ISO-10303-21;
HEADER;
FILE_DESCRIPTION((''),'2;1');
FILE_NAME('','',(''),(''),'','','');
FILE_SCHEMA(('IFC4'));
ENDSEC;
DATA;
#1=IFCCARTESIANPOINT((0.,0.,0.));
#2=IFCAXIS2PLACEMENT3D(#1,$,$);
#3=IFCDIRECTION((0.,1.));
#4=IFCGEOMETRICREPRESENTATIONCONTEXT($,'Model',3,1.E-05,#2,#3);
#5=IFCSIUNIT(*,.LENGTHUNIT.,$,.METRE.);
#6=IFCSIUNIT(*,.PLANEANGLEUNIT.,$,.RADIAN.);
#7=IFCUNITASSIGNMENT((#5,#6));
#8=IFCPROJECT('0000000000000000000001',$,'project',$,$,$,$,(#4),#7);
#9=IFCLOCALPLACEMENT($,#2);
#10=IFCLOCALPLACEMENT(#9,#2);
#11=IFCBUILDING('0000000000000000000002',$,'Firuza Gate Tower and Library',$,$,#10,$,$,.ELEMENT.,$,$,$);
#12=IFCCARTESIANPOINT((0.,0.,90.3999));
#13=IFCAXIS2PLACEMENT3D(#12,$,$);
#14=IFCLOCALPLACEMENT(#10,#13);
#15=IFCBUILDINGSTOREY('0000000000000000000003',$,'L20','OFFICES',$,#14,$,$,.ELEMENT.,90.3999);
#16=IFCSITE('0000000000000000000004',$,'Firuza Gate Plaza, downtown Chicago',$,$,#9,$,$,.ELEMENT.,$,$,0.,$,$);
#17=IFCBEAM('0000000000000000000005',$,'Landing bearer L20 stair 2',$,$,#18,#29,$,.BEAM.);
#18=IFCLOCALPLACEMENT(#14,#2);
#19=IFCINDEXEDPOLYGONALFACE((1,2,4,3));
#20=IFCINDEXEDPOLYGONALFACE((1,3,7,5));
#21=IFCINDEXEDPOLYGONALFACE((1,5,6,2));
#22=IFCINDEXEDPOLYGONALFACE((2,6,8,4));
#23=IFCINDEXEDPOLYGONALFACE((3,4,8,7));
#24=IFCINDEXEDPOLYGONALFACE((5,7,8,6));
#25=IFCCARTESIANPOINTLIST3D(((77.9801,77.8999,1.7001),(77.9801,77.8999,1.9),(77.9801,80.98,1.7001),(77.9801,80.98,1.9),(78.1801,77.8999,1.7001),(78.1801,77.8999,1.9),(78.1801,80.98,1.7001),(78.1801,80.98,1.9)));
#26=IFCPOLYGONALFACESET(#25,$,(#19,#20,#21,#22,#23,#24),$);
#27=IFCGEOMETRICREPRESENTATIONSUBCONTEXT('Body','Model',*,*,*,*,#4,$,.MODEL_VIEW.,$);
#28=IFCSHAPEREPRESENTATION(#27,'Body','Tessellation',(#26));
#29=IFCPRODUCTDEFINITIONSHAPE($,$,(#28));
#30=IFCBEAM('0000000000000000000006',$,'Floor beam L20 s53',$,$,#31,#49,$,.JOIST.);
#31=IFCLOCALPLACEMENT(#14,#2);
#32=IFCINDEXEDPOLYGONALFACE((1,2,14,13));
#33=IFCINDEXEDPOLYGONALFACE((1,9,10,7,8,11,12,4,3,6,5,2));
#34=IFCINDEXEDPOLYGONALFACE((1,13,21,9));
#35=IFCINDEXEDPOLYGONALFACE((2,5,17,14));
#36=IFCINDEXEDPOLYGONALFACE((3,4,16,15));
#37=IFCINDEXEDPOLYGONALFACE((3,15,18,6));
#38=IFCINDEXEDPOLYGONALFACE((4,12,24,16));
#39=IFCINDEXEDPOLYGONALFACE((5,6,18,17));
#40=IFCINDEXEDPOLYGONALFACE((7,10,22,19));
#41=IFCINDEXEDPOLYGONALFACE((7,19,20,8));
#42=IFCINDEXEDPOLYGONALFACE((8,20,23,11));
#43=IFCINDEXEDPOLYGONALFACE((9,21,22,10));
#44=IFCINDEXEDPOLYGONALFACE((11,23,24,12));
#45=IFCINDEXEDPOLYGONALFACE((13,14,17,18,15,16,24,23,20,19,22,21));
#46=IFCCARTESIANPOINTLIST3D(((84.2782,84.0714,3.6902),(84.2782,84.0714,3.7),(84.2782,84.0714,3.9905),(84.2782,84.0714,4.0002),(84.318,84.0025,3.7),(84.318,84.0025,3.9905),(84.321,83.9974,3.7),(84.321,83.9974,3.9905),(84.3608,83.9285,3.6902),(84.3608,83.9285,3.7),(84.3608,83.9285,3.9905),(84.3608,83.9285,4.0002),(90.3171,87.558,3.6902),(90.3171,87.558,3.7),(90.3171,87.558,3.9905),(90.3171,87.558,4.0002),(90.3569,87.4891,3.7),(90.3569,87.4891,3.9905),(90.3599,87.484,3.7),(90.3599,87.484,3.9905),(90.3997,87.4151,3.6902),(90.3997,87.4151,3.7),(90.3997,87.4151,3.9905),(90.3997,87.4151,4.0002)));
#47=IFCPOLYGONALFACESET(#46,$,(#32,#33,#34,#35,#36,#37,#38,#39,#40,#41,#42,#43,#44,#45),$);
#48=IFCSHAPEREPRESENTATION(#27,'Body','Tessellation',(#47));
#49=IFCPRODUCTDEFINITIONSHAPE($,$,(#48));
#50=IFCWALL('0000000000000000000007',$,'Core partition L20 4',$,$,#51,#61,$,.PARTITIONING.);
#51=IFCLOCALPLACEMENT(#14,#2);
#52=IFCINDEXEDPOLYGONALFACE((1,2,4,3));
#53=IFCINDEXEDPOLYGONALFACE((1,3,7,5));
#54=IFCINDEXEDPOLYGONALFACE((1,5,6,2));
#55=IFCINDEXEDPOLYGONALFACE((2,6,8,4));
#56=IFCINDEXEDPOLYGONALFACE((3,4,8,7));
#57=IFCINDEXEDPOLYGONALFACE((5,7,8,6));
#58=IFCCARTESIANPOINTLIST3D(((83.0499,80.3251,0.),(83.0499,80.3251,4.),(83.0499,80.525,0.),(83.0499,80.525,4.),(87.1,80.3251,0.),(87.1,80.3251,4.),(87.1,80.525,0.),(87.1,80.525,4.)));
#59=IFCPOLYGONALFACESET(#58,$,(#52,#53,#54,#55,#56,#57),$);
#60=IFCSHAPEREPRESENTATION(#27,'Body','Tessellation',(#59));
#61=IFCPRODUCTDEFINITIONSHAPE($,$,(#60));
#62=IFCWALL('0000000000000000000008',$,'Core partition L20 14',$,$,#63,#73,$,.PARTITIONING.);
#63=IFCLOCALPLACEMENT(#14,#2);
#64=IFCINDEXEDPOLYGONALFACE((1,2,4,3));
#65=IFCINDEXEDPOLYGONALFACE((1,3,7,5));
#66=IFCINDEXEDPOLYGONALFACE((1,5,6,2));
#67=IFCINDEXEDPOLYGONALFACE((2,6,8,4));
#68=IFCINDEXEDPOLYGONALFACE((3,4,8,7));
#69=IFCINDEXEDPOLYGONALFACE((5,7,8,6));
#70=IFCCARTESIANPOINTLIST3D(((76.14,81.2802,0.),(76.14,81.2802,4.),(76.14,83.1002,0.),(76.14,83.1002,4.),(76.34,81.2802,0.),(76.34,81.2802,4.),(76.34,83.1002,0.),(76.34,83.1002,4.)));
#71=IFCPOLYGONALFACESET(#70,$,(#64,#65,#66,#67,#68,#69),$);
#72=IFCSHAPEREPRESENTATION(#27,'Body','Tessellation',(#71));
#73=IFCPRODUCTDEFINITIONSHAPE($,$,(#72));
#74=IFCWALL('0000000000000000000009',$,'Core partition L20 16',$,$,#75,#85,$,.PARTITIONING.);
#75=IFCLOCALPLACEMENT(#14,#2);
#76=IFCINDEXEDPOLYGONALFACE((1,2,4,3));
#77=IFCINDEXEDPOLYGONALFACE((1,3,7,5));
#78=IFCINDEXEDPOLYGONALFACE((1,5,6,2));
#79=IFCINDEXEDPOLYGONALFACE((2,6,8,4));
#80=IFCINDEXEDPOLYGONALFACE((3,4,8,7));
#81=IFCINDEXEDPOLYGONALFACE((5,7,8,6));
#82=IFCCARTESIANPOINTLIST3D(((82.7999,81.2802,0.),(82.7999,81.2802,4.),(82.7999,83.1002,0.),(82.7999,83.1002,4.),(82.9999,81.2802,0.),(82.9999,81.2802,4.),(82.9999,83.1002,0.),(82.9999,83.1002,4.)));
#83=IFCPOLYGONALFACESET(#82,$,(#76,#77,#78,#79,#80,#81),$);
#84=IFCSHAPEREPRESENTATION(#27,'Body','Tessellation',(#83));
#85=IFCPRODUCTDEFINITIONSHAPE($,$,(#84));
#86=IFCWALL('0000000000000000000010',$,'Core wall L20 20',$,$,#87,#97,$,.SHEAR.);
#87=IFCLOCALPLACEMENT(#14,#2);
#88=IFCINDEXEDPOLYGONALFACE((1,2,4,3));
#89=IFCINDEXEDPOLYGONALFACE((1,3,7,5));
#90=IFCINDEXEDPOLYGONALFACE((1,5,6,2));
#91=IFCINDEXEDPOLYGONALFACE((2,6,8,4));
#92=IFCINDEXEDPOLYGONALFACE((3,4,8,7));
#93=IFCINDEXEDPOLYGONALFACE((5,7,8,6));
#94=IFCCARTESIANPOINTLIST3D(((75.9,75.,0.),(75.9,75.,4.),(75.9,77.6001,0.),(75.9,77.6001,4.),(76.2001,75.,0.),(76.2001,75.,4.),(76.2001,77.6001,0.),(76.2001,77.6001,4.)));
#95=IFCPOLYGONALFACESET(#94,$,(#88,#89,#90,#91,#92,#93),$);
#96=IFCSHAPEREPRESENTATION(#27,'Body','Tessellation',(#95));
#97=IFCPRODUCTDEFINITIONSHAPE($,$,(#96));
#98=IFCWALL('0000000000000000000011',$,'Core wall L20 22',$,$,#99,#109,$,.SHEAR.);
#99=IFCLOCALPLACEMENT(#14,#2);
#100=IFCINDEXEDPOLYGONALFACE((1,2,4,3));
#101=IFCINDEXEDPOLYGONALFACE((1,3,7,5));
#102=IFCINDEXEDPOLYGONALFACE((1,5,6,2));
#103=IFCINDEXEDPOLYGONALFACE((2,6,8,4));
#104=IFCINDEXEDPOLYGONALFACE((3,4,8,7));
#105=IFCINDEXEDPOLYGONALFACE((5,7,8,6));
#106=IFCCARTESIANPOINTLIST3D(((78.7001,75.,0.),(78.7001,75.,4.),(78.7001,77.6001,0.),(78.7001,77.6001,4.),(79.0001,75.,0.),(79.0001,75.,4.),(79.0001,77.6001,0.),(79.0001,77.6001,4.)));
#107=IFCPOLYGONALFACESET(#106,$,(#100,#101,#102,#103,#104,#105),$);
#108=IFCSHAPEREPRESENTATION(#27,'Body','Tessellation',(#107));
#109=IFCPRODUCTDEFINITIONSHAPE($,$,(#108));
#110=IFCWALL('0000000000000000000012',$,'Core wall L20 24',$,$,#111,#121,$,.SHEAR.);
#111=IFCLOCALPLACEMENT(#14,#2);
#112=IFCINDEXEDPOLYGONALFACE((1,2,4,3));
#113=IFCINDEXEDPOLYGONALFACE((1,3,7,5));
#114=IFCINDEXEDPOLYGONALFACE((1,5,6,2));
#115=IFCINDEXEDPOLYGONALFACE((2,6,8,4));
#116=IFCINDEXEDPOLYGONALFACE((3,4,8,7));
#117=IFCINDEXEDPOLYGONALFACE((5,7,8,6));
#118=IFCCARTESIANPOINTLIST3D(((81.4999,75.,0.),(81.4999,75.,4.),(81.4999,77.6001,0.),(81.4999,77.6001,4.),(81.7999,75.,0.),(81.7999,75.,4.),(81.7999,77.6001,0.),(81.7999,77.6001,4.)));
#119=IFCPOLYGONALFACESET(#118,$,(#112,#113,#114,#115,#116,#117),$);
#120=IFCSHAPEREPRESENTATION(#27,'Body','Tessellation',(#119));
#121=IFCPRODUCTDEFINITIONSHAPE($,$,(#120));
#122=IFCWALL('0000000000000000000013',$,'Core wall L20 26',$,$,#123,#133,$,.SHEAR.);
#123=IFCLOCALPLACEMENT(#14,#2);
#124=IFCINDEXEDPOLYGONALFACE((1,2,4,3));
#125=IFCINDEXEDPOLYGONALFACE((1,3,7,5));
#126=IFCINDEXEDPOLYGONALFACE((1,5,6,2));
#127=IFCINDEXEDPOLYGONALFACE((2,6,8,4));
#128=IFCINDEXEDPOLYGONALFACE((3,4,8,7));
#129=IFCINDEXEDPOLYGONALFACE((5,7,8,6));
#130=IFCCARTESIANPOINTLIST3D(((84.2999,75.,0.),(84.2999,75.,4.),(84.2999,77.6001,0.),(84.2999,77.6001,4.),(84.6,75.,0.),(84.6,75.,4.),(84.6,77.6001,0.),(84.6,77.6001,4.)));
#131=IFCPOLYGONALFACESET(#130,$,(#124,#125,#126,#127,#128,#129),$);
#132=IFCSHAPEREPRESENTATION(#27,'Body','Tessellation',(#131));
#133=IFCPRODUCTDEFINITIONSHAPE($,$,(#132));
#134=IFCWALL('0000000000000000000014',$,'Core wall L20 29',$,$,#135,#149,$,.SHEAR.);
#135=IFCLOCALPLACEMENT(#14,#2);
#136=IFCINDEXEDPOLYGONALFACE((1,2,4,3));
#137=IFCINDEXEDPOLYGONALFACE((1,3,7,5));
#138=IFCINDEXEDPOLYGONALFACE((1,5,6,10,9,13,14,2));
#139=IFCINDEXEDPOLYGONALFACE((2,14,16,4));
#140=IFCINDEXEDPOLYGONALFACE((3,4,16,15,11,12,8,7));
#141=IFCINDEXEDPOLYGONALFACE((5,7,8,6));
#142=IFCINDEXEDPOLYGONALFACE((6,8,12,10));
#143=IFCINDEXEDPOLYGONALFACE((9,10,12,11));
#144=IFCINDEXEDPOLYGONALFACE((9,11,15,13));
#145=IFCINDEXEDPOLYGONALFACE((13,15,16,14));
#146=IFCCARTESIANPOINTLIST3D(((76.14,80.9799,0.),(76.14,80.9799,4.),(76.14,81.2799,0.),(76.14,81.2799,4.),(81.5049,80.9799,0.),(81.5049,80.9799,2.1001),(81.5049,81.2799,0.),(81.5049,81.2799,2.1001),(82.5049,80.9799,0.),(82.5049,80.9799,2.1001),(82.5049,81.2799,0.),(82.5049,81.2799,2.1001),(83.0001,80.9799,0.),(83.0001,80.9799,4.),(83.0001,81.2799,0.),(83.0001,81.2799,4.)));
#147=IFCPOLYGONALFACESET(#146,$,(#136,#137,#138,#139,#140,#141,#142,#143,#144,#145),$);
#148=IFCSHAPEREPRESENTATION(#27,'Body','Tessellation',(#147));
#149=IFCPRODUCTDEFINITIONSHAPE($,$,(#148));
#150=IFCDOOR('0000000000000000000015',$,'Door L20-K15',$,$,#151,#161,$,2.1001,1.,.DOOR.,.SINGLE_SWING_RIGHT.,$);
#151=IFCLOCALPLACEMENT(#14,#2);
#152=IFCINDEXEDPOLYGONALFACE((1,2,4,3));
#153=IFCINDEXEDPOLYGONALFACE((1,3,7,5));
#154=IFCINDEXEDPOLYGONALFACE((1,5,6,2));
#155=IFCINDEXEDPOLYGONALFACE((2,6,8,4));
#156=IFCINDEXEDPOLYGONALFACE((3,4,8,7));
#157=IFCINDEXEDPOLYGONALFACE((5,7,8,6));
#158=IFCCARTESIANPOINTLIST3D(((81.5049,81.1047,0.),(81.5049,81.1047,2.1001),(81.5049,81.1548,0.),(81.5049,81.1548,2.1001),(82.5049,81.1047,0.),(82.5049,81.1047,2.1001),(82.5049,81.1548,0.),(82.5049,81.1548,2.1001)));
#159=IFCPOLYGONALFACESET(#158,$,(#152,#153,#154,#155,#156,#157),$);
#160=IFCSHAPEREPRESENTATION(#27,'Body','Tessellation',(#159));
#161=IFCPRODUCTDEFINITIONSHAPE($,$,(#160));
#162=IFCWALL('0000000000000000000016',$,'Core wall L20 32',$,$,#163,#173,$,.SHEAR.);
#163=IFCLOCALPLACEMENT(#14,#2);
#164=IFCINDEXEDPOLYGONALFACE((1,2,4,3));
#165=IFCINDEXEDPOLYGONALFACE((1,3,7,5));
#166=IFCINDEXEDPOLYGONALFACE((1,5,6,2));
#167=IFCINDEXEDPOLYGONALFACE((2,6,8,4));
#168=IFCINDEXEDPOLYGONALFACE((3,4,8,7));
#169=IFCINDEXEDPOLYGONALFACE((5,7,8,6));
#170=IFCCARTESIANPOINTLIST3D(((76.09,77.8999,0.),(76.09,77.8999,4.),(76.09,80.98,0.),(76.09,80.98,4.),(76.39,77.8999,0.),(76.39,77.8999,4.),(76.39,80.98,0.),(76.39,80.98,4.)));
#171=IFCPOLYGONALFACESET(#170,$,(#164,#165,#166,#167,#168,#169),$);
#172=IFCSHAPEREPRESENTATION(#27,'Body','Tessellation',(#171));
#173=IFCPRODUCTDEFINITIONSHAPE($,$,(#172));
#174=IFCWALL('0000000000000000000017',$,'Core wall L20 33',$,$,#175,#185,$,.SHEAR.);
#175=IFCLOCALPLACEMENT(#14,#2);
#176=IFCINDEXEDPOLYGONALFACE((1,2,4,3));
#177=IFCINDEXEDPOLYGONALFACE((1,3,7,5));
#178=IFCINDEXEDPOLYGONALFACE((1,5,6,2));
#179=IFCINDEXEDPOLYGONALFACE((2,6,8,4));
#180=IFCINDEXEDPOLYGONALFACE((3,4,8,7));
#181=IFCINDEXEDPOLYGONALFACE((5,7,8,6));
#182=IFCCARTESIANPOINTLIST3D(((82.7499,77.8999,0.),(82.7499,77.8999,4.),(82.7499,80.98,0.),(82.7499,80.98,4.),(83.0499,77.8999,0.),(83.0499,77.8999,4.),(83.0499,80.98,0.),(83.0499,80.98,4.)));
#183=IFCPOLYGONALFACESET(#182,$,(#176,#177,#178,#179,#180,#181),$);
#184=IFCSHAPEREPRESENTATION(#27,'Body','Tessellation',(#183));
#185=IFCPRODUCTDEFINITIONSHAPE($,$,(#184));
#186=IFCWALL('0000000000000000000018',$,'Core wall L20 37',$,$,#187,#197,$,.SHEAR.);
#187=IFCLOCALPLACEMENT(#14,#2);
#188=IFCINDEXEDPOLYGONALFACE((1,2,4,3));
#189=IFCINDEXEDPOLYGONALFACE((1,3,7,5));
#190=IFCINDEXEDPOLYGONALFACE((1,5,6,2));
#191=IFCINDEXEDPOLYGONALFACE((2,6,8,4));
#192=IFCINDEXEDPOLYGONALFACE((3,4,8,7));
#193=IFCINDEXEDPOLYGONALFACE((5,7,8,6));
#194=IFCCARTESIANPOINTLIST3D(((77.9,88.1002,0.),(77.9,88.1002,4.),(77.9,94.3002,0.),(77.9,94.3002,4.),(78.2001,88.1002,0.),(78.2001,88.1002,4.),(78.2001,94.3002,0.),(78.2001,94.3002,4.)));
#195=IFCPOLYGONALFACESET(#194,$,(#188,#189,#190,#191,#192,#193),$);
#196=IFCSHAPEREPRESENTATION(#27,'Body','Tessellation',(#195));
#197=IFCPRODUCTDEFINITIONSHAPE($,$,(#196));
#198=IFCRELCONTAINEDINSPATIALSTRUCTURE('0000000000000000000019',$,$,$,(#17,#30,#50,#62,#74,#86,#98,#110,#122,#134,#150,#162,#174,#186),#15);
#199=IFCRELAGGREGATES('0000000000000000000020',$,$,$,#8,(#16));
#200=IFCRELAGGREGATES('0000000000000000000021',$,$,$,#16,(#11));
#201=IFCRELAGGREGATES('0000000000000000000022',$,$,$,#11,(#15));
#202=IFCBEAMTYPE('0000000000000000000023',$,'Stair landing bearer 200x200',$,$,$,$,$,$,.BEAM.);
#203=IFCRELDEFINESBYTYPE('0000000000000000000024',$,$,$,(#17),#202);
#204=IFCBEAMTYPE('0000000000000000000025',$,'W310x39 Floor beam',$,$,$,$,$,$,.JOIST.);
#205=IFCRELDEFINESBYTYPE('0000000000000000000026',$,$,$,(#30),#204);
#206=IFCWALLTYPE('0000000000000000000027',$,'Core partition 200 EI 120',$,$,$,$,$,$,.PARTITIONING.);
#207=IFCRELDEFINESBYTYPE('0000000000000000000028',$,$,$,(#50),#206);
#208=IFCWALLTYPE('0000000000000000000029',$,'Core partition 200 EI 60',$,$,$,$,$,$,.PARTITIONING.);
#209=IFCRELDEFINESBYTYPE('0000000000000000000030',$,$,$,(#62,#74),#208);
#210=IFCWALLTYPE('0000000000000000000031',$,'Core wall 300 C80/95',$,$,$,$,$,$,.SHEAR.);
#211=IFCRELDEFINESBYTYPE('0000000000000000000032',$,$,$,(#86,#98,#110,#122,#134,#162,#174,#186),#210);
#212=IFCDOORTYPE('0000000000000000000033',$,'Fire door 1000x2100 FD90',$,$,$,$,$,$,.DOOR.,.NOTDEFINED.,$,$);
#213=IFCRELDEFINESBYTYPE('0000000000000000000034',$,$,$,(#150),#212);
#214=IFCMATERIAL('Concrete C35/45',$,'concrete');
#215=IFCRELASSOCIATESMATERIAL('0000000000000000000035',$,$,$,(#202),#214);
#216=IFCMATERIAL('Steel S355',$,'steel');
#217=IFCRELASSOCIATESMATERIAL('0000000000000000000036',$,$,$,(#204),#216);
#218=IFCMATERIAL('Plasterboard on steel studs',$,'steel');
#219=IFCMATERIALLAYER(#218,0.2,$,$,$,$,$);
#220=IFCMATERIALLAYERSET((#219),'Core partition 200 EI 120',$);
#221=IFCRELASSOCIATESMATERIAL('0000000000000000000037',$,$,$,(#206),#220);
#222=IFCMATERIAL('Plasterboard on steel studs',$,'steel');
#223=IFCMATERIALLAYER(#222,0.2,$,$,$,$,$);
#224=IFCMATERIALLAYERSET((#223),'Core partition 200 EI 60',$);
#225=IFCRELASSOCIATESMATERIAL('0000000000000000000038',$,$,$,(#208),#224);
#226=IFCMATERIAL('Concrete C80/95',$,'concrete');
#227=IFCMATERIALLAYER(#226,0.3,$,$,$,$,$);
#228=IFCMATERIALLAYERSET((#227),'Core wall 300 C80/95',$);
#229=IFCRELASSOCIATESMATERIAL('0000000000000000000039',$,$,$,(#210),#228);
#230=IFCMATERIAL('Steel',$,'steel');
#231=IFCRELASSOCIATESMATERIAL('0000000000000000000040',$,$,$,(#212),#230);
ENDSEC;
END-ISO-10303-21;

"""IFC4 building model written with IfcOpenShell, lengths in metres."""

from ifc_helpers import new_model, si_unit, direction, frame, frame_2d, origin, origin_2d, place, context, subcontext, project, spatial, rectangle, i_section, extrude, material, layer, layer_set, material_profile, profile_set, type_object, element, fill, save


model = new_model("IFC4")

# Units and contexts
model_context = context("Model", 3, precision=1e-05, world=origin(), true_north=direction((0.0, 1.0)))
body_context = subcontext(model_context, "Body", "Model", "MODEL_VIEW")
ifc_project = project(units=[si_unit("LENGTHUNIT", "METRE"), si_unit("PLANEANGLEUNIT", "RADIAN")], contexts=[model_context])

# Site, building, storey
site_placement = place(None, origin())
site = spatial("IfcSite", under=ifc_project, at=site_placement, Name="Firuza Gate Plaza, downtown Chicago", CompositionType="ELEMENT", RefElevation=0.0)
building_placement = place(site_placement, origin())
building = spatial("IfcBuilding", under=site, at=building_placement, Name="Firuza Gate Tower and Library", CompositionType="ELEMENT")
storey_placement = place(building_placement, frame((0.0, 0.0, 90.3999)))
storey = spatial("IfcBuildingStorey", under=building, at=storey_placement, Name="L20", Description="OFFICES", CompositionType="ELEMENT", Elevation=90.3999)

# Beams
ifc_material_1 = material(Name="Concrete C35/45", Category="concrete")
ifc_material_profile_1 = material_profile(ifc_material_1, rectangle(XDim=0.2, YDim=0.2, at=origin_2d()))
ifc_profile_set_1 = profile_set([ifc_material_profile_1], Name="Concrete C35/45")
beam_type_1 = type_object("IfcBeamType", Name="Stair landing bearer 200x200", PredefinedType="BEAM", material=ifc_profile_set_1)
beam_1_placement = place(storey_placement, frame((78.0801, 80.98, 1.8), z_axis=(0.0, -1.0, 0.0), x_axis=(1.0, 0.0, 0.0)))
element("IfcBeam", 1, at=beam_1_placement, inside=storey, type_object=beam_type_1, Name="Landing bearer L20 stair 2", PredefinedType="BEAM", context=body_context, shape_type="SweptSolid", body=[
    extrude(rectangle(XDim=0.2, YDim=0.2, at=origin_2d()), origin(), (0.0, 0.0, 1.0), 3.0801),
])
ifc_material_2 = material(Name="Steel S355", Category="steel")
ifc_material_profile_2 = material_profile(ifc_material_2, i_section(OverallWidth=0.165, OverallDepth=0.3101, WebThickness=0.0059, FlangeThickness=0.0098, at=origin_2d()))
ifc_profile_set_2 = profile_set([ifc_material_profile_2], Name="Steel S355")
beam_type_2 = type_object("IfcBeamType", Name="W310x39 Floor beam", PredefinedType="JOIST", material=ifc_profile_set_2)
beam_2_placement = place(storey_placement, frame((90.3584, 87.4866, 3.8452), z_axis=(-0.866022, -0.500006, 0.0), x_axis=(0.500006, -0.866022, 0.0)))
element("IfcBeam", 2, at=beam_2_placement, inside=storey, type_object=beam_type_2, Name="Floor beam L20 s53", PredefinedType="JOIST", context=body_context, shape_type="SweptSolid", body=[
    extrude(i_section(OverallWidth=0.165, OverallDepth=0.3101, WebThickness=0.0059, FlangeThickness=0.0098, at=origin_2d()), origin(), (0.0, 0.0, 1.0), 6.9731),
])

# Walls
ifc_material_3 = material(Name="Plasterboard on steel studs", Category="steel")
ifc_layer_1 = layer(ifc_material_3, 0.2)
ifc_layer_set_1 = layer_set([ifc_layer_1], Name="Core partition 200 EI 120")
wall_type_1 = type_object("IfcWallType", Name="Core partition 200 EI 120", PredefinedType="PARTITIONING", material=ifc_layer_set_1)
wall_1_placement = place(storey_placement, frame((83.05, 80.425, 0.0), z_axis=(0.0, 0.0, 1.0), x_axis=(1.0, 0.0, 0.0)))
element("IfcWall", 3, at=wall_1_placement, inside=storey, type_object=wall_type_1, Name="Core partition L20 4", PredefinedType="PARTITIONING", context=body_context, shape_type="SweptSolid", body=[
    extrude(rectangle(XDim=4.05, YDim=0.2, at=frame_2d((2.0249, 0.0))), origin(), (0.0, 0.0, 1.0), 4.0),
])
ifc_material_4 = material(Name="Plasterboard on steel studs", Category="steel")
ifc_layer_2 = layer(ifc_material_4, 0.2)
ifc_layer_set_2 = layer_set([ifc_layer_2], Name="Core partition 200 EI 60")
wall_type_2 = type_object("IfcWallType", Name="Core partition 200 EI 60", PredefinedType="PARTITIONING", material=ifc_layer_set_2)
for number, where, z_axis, x_axis, name in (
    (4, (76.24, 81.28, 0.0), (0.0, 0.0, 1.0), (0.0, 1.0, 0.0), "Core partition L20 14"),
    (5, (82.8999, 81.28, 0.0), (0.0, 0.0, 1.0), (0.0, 1.0, 0.0), "Core partition L20 16"),
):
    element("IfcWall", number, at=place(storey_placement, frame(where, z_axis=z_axis, x_axis=x_axis)), inside=storey, type_object=wall_type_2, Name=name, PredefinedType="PARTITIONING", context=body_context, shape_type="SweptSolid", body=[
        extrude(rectangle(XDim=1.8201, YDim=0.2, at=frame_2d((0.9102, 0.0))), origin(), (0.0, 0.0, 1.0), 4.0),
    ])
ifc_material_5 = material(Name="Concrete C80/95", Category="concrete")
ifc_layer_3 = layer(ifc_material_5, 0.3)
ifc_layer_set_3 = layer_set([ifc_layer_3], Name="Core wall 300 C80/95")
wall_type_3 = type_object("IfcWallType", Name="Core wall 300 C80/95", PredefinedType="SHEAR", material=ifc_layer_set_3)
for number, where, z_axis, x_axis, name in (
    (6, (76.05, 75.0, 0.0), (0.0, 0.0, 1.0), (0.0, 1.0, 0.0), "Core wall L20 20"),
    (7, (78.8501, 75.0, 0.0), (0.0, 0.0, 1.0), (0.0, 1.0, 0.0), "Core wall L20 22"),
    (8, (81.6499, 75.0, 0.0), (0.0, 0.0, 1.0), (0.0, 1.0, 0.0), "Core wall L20 24"),
    (9, (84.45, 75.0, 0.0), (0.0, 0.0, 1.0), (0.0, 1.0, 0.0), "Core wall L20 26"),
):
    element("IfcWall", number, at=place(storey_placement, frame(where, z_axis=z_axis, x_axis=x_axis)), inside=storey, type_object=wall_type_3, Name=name, PredefinedType="SHEAR", context=body_context, shape_type="SweptSolid", body=[
        extrude(rectangle(XDim=2.6001, YDim=0.3, at=frame_2d((1.3, 0.0))), origin(), (0.0, 0.0, 1.0), 4.0),
    ])

# Wall, opening, door
wall_2_placement = place(storey_placement, frame((76.1399, 81.1299, 0.0), z_axis=(0.0, 0.0, 1.0), x_axis=(1.0, 0.0, 0.0)))
wall_2 = element("IfcWall", 10, at=wall_2_placement, inside=storey, type_object=wall_type_3, Name="Core wall L20 29", PredefinedType="SHEAR", context=body_context, shape_type="SweptSolid", body=[
    extrude(rectangle(XDim=6.8601, YDim=0.3, at=frame_2d((3.4302, 0.0))), origin(), (0.0, 0.0, 1.0), 4.0),
])
opening_1_placement = place(wall_2_placement, frame((5.365, 0.0, 0.0)))
opening_1 = element("IfcOpeningElement", 11, at=opening_1_placement, cuts=wall_2, PredefinedType="OPENING", context=body_context, shape_type="SweptSolid", body=[
    extrude(rectangle(XDim=1.0, YDim=2.1001, at=frame_2d((0.5, 1.05))), frame((0.0, 0.1602, 0.0), z_axis=(0.0, -1.0, 0.0), x_axis=(1.0, 0.0, 0.0)), (0.0, 0.0, 1.0), 0.3201),
])
ifc_material_6 = material(Name="Steel", Category="steel")
door_type_1 = type_object("IfcDoorType", Name="Fire door 1000x2100 FD90", OperationType="NOTDEFINED", PredefinedType="DOOR", material=ifc_material_6)
door_1_placement = place(opening_1_placement, origin())
door_1 = element("IfcDoor", 12, at=door_1_placement, inside=storey, type_object=door_type_1, Name="Door L20-K15", OperationType="SINGLE_SWING_RIGHT", OverallHeight=2.1001, OverallWidth=1.0, PredefinedType="DOOR", context=body_context, shape_type="SweptSolid", body=[
    extrude(rectangle(XDim=1.0, YDim=2.1001, at=frame_2d((0.5, 1.05))), frame((0.0, 0.0249, 0.0), z_axis=(0.0, -1.0, 0.0), x_axis=(1.0, 0.0, 0.0)), (0.0, 0.0, 1.0), 0.05),
])
fill(opening_1, door_1)

# Walls
for number, where, z_axis, x_axis, name in (
    (13, (76.24, 77.8999, 0.0), (0.0, 0.0, 1.0), (0.0, 1.0, 0.0), "Core wall L20 32"),
    (14, (82.8999, 77.8999, 0.0), (0.0, 0.0, 1.0), (0.0, 1.0, 0.0), "Core wall L20 33"),
):
    element("IfcWall", number, at=place(storey_placement, frame(where, z_axis=z_axis, x_axis=x_axis)), inside=storey, type_object=wall_type_3, Name=name, PredefinedType="SHEAR", context=body_context, shape_type="SweptSolid", body=[
        extrude(rectangle(XDim=3.0801, YDim=0.3, at=frame_2d((1.54, 0.0))), origin(), (0.0, 0.0, 1.0), 4.0),
    ])
wall_3_placement = place(storey_placement, frame((78.05, 88.1001, 0.0), z_axis=(0.0, 0.0, 1.0), x_axis=(0.0, 1.0, 0.0)))
element("IfcWall", 15, at=wall_3_placement, inside=storey, type_object=wall_type_3, Name="Core wall L20 37", PredefinedType="SHEAR", context=body_context, shape_type="SweptSolid", body=[
    extrude(rectangle(XDim=6.2, YDim=0.3, at=frame_2d((3.1001, 0.0))), origin(), (0.0, 0.0, 1.0), 4.0),
])

save(model, "model.ifc")
